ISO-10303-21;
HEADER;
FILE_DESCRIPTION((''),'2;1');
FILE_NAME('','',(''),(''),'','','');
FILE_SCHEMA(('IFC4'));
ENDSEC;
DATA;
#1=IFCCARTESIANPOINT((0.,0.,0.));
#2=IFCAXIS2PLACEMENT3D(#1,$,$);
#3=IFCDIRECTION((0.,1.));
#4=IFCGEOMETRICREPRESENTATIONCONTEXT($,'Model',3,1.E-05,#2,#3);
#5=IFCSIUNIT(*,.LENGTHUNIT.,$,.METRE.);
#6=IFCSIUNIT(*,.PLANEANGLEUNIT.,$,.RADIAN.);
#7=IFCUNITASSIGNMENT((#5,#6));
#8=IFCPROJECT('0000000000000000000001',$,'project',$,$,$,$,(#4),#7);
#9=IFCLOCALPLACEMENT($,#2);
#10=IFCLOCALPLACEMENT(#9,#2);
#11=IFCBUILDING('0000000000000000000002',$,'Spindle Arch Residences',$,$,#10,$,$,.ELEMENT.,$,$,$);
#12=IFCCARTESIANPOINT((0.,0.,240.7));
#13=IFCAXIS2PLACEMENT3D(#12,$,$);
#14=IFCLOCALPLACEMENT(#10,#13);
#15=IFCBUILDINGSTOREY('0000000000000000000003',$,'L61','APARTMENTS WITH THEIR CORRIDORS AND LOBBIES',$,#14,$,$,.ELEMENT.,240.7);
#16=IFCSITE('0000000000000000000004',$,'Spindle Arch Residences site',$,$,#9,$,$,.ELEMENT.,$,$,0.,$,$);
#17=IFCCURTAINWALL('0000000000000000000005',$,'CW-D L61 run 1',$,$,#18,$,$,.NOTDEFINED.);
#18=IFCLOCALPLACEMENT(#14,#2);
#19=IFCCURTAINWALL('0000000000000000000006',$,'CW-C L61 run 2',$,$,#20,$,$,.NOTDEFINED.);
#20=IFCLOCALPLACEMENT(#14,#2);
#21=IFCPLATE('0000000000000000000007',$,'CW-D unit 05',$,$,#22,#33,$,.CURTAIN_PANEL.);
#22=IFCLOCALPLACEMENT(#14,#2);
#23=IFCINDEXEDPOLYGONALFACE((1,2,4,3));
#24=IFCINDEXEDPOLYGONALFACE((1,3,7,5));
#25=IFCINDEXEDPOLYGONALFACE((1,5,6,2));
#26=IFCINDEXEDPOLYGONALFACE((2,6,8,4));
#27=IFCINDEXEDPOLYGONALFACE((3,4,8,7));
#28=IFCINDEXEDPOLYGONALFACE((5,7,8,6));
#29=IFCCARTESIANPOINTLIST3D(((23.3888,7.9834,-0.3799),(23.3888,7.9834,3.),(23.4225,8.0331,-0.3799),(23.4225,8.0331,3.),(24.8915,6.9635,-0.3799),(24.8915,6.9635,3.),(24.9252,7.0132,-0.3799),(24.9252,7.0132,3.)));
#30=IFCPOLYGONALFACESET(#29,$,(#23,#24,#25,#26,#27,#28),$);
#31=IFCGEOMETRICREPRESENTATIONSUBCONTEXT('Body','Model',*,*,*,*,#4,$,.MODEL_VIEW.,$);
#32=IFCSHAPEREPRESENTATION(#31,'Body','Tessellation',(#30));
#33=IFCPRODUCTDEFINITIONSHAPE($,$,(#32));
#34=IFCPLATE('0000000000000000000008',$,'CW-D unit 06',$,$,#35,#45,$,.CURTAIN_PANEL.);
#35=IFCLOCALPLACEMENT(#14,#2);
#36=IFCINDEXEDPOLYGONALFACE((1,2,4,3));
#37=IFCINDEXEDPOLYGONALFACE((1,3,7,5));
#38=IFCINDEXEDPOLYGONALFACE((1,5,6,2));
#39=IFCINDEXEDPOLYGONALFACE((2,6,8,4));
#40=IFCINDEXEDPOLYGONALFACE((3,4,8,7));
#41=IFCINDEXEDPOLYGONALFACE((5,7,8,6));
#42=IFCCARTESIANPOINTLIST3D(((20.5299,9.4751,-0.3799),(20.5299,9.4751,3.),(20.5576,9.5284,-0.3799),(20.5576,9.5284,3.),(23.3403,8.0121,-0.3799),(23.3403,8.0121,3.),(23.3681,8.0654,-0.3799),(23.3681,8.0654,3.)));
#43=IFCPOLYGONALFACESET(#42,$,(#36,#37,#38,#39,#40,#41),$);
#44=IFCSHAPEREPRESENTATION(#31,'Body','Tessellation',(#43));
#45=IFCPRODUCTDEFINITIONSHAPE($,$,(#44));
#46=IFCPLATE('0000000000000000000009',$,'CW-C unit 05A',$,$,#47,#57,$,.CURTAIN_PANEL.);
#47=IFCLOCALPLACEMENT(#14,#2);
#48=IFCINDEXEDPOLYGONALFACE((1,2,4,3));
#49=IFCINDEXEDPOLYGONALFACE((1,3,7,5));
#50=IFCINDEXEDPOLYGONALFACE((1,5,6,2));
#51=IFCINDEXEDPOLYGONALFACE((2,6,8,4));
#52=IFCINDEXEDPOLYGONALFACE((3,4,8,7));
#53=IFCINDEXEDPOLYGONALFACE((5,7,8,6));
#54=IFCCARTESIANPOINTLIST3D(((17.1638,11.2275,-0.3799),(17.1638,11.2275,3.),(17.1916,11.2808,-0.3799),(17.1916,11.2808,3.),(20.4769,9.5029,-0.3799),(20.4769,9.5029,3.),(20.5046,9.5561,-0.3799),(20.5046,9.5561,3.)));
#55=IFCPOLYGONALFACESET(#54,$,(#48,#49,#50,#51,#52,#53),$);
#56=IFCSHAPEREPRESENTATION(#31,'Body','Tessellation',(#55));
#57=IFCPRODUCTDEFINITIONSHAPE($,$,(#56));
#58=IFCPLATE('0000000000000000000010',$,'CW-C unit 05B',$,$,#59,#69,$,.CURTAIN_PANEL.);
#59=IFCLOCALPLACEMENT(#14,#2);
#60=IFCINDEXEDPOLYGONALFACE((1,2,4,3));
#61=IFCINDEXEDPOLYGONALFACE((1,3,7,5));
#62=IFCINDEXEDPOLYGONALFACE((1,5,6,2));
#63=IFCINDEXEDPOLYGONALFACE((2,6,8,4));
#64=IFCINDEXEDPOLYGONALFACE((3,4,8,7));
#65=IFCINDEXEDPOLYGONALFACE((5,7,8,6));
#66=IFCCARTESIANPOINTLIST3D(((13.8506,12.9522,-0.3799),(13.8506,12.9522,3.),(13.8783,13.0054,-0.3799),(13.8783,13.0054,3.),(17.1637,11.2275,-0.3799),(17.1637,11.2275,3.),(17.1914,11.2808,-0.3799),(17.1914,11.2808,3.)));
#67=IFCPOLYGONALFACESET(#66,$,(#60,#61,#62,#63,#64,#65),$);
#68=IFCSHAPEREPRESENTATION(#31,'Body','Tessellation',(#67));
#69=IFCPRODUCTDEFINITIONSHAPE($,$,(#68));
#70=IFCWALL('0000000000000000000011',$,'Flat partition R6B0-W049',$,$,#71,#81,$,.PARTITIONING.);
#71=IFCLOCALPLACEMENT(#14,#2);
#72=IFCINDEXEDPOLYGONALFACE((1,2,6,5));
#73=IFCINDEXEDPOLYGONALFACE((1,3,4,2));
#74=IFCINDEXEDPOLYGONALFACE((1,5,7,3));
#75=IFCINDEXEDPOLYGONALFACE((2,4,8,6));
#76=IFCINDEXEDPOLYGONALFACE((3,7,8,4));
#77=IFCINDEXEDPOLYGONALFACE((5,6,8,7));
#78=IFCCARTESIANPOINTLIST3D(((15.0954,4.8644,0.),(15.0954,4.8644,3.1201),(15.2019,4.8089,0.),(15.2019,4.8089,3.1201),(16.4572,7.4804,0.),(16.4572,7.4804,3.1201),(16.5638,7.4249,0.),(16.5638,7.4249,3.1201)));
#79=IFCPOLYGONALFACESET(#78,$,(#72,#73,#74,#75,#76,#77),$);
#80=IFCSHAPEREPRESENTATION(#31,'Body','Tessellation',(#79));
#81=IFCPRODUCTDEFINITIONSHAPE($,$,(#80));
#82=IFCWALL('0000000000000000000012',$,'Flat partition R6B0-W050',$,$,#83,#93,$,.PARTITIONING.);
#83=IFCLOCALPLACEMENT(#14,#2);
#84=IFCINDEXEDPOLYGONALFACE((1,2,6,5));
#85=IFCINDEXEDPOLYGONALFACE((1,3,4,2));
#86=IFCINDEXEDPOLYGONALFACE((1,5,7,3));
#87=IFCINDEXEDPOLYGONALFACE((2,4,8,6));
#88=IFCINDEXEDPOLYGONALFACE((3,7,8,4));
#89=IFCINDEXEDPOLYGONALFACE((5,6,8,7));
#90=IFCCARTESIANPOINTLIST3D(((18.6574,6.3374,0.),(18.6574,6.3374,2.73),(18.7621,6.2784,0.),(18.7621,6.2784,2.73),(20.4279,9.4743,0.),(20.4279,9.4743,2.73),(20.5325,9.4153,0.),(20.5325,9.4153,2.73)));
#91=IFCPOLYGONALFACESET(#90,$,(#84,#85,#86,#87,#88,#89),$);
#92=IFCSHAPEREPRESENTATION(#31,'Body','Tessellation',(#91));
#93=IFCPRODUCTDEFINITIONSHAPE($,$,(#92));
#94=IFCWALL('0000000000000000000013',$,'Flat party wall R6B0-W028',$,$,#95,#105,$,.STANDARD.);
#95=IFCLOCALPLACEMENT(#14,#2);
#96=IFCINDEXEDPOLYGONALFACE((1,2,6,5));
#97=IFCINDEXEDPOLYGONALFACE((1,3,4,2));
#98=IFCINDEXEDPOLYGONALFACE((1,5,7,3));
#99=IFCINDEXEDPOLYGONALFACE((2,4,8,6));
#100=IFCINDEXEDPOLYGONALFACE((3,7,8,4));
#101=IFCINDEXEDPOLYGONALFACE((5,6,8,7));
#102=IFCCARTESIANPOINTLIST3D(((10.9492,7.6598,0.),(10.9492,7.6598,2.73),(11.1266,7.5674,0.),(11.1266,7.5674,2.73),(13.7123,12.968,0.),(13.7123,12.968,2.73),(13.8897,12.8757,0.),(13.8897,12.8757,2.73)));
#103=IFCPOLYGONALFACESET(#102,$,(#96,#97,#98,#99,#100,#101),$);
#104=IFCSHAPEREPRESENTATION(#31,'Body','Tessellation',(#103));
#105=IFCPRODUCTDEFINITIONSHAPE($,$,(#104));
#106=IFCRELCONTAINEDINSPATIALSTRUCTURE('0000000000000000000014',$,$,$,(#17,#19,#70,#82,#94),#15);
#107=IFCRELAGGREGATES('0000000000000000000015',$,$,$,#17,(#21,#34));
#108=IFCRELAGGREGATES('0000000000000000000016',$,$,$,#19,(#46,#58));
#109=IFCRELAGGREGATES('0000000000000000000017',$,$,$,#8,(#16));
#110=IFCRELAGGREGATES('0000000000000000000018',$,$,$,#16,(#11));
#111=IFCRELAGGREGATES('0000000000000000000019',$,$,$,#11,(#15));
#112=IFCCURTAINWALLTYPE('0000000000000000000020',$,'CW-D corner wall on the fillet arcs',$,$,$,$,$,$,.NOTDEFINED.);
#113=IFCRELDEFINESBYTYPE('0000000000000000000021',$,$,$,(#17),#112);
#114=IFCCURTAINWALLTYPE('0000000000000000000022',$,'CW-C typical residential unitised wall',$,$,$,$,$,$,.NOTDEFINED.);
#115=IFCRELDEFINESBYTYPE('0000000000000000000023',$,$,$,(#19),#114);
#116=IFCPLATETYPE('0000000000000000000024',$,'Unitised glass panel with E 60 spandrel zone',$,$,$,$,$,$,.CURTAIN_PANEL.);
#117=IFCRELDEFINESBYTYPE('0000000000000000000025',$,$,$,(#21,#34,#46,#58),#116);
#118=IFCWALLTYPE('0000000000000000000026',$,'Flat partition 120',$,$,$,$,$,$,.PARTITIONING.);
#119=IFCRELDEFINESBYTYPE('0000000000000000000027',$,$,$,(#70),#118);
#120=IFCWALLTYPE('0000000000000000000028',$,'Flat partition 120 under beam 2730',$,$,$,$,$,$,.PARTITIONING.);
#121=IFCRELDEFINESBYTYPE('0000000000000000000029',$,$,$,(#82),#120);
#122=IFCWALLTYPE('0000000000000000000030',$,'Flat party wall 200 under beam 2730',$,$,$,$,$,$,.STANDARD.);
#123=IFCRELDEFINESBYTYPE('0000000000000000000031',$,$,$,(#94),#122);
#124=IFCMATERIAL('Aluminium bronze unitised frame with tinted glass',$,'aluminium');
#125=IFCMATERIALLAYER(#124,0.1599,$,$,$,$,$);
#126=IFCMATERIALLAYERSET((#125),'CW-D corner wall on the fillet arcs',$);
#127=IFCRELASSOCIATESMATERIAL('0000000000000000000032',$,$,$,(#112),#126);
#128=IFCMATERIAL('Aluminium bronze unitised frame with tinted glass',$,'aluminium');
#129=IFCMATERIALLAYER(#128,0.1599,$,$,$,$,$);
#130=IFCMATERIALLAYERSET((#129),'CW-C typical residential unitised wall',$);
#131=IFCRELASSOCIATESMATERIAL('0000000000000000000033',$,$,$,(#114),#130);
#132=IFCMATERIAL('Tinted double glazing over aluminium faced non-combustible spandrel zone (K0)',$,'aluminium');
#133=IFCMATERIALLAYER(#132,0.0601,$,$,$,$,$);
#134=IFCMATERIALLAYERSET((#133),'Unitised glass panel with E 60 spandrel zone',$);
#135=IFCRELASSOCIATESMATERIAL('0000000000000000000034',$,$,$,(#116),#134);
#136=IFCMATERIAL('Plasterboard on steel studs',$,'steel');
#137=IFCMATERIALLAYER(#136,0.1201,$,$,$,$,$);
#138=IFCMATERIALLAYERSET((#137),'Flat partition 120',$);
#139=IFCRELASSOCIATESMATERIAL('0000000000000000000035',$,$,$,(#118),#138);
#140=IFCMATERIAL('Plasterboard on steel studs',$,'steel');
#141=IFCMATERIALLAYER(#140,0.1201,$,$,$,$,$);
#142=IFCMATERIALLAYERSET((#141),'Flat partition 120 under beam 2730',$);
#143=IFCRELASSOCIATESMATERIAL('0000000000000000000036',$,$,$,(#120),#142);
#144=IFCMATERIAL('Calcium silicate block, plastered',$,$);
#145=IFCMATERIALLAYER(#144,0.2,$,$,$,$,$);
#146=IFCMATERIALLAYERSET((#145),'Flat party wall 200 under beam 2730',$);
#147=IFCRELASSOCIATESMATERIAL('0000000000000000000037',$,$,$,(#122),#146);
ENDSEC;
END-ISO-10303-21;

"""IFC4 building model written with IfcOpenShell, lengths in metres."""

from ifc_helpers import new_model, si_unit, direction, frame, frame_2d, origin, origin_2d, place, context, subcontext, project, spatial, rectangle, extrude, material, layer, layer_set, type_object, element, aggregate, save


model = new_model("IFC4")

# Units and contexts
model_context = context("Model", 3, precision=1e-05, world=origin(), true_north=direction((0.0, 1.0)))
body_context = subcontext(model_context, "Body", "Model", "MODEL_VIEW")
ifc_project = project(units=[si_unit("LENGTHUNIT", "METRE"), si_unit("PLANEANGLEUNIT", "RADIAN")], contexts=[model_context])

# Site, building, storey
site_placement = place(None, origin())
site = spatial("IfcSite", under=ifc_project, at=site_placement, Name="Spindle Arch Residences site", CompositionType="ELEMENT", RefElevation=0.0)
building_placement = place(site_placement, origin())
building = spatial("IfcBuilding", under=site, at=building_placement, Name="Spindle Arch Residences", CompositionType="ELEMENT")
storey_placement = place(building_placement, frame((0.0, 0.0, 240.7)))
storey = spatial("IfcBuildingStorey", under=building, at=storey_placement, Name="L61", Description="APARTMENTS WITH THEIR CORRIDORS AND LOBBIES", CompositionType="ELEMENT", Elevation=240.7)

# Curtain walls
ifc_material_1 = material(Name="Aluminium bronze unitised frame with tinted glass", Category="aluminium")
ifc_layer_1 = layer(ifc_material_1, 0.1599)
ifc_layer_set_1 = layer_set([ifc_layer_1], Name="CW-D corner wall on the fillet arcs")
curtain_wall_type_1 = type_object("IfcCurtainWallType", Name="CW-D corner wall on the fillet arcs", PredefinedType="NOTDEFINED", material=ifc_layer_set_1)
curtain_wall_1_placement = place(storey_placement, origin())
curtain_wall_1 = element("IfcCurtainWall", 1, at=curtain_wall_1_placement, inside=storey, type_object=curtain_wall_type_1, Name="CW-D L61 run 1", PredefinedType="NOTDEFINED")
ifc_material_2 = material(Name="Aluminium bronze unitised frame with tinted glass", Category="aluminium")
ifc_layer_2 = layer(ifc_material_2, 0.1599)
ifc_layer_set_2 = layer_set([ifc_layer_2], Name="CW-C typical residential unitised wall")
curtain_wall_type_2 = type_object("IfcCurtainWallType", Name="CW-C typical residential unitised wall", PredefinedType="NOTDEFINED", material=ifc_layer_set_2)
curtain_wall_2_placement = place(storey_placement, origin())
curtain_wall_2 = element("IfcCurtainWall", 2, at=curtain_wall_2_placement, inside=storey, type_object=curtain_wall_type_2, Name="CW-C L61 run 2", PredefinedType="NOTDEFINED")

# Plates
ifc_material_3 = material(Name="Tinted double glazing over aluminium faced non-combustible spandrel zone (K0)", Category="aluminium")
ifc_layer_3 = layer(ifc_material_3, 0.0601)
ifc_layer_set_3 = layer_set([ifc_layer_3], Name="Unitised glass panel with E 60 spandrel zone")
plate_type = type_object("IfcPlateType", Name="Unitised glass panel with E 60 spandrel zone", PredefinedType="CURTAIN_PANEL", material=ifc_layer_set_3)
plate_1_placement = place(storey_placement, frame((24.157, 7.4983, -0.3799), z_axis=(0.0, 0.0, 1.0), x_axis=(-0.827407, 0.561602, 0.0)))
plate_1 = element("IfcPlate", 3, at=plate_1_placement, type_object=plate_type, Name="CW-D unit 05", PredefinedType="CURTAIN_PANEL", context=body_context, shape_type="SweptSolid", body=[
    extrude(rectangle(XDim=1.8162, YDim=0.0601, at=origin_2d()), origin(), (0.0, 0.0, 1.0), 3.3799),
])
plate_2_placement = place(storey_placement, frame((21.949, 8.7703, -0.3799), z_axis=(0.0, 0.0, 1.0), x_axis=(-0.887011, 0.461749, 0.0)))
plate_2 = element("IfcPlate", 4, at=plate_2_placement, type_object=plate_type, Name="CW-D unit 06", PredefinedType="CURTAIN_PANEL", context=body_context, shape_type="SweptSolid", body=[
    extrude(rectangle(XDim=3.1685, YDim=0.0601, at=origin_2d()), origin(), (0.0, 0.0, 1.0), 3.3799),
])
aggregate(curtain_wall_1, [plate_1, plate_2])
plate_3_placement = place(storey_placement, frame((18.8342, 10.3918, -0.3799), z_axis=(0.0, 0.0, 1.0), x_axis=(-0.887011, 0.461749, 0.0)))
plate_3 = element("IfcPlate", 5, at=plate_3_placement, type_object=plate_type, Name="CW-C unit 05A", PredefinedType="CURTAIN_PANEL", context=body_context, shape_type="SweptSolid", body=[
    extrude(rectangle(XDim=3.7351, YDim=0.0601, at=origin_2d()), origin(), (0.0, 0.0, 1.0), 3.3799),
])
plate_4_placement = place(storey_placement, frame((15.521, 12.1165, -0.3799), z_axis=(0.0, 0.0, 1.0), x_axis=(-0.887011, 0.461749, 0.0)))
plate_4 = element("IfcPlate", 6, at=plate_4_placement, type_object=plate_type, Name="CW-C unit 05B", PredefinedType="CURTAIN_PANEL", context=body_context, shape_type="SweptSolid", body=[
    extrude(rectangle(XDim=3.7351, YDim=0.0601, at=origin_2d()), origin(), (0.0, 0.0, 1.0), 3.3799),
])
aggregate(curtain_wall_2, [plate_3, plate_4])

# Walls
ifc_material_4 = material(Name="Plasterboard on steel studs", Category="steel")
ifc_layer_4 = layer(ifc_material_4, 0.1201)
ifc_layer_set_4 = layer_set([ifc_layer_4], Name="Flat partition 120")
wall_type_1 = type_object("IfcWallType", Name="Flat partition 120", PredefinedType="PARTITIONING", material=ifc_layer_set_4)
wall_1_placement = place(storey_placement, frame((16.5105, 7.4526, 0.0), z_axis=(0.0, 0.0, 1.0), x_axis=(-0.461757, -0.887007, 0.0)))
element("IfcWall", 7, at=wall_1_placement, inside=storey, type_object=wall_type_1, Name="Flat partition R6B0-W049", PredefinedType="PARTITIONING", context=body_context, shape_type="SweptSolid", body=[
    extrude(rectangle(XDim=2.9492, YDim=0.1201, at=frame_2d((1.4746, 0.0))), origin(), (0.0, 0.0, 1.0), 3.1201),
])
ifc_material_5 = material(Name="Plasterboard on steel studs", Category="steel")
ifc_layer_5 = layer(ifc_material_5, 0.1201)
ifc_layer_set_5 = layer_set([ifc_layer_5], Name="Flat partition 120 under beam 2730")
wall_type_2 = type_object("IfcWallType", Name="Flat partition 120 under beam 2730", PredefinedType="PARTITIONING", material=ifc_layer_set_5)
wall_2_placement = place(storey_placement, frame((20.4802, 9.4448, 0.0), z_axis=(0.0, 0.0, 1.0), x_axis=(-0.491519, -0.870867, 0.0)))
element("IfcWall", 8, at=wall_2_placement, inside=storey, type_object=wall_type_2, Name="Flat partition R6B0-W050", PredefinedType="PARTITIONING", context=body_context, shape_type="SweptSolid", body=[
    extrude(rectangle(XDim=3.6021, YDim=0.1201, at=frame_2d((1.801, 0.0))), origin(), (0.0, 0.0, 1.0), 2.73),
])
ifc_material_6 = material(Name="Calcium silicate block, plastered")
ifc_layer_6 = layer(ifc_material_6, 0.2)
ifc_layer_set_6 = layer_set([ifc_layer_6], Name="Flat party wall 200 under beam 2730")
wall_type_3 = type_object("IfcWallType", Name="Flat party wall 200 under beam 2730", PredefinedType="STANDARD", material=ifc_layer_set_6)
wall_3_placement = place(storey_placement, frame((13.801, 12.9219, 0.0), z_axis=(0.0, 0.0, 1.0), x_axis=(-0.461726, -0.887022, 0.0)))
element("IfcWall", 9, at=wall_3_placement, inside=storey, type_object=wall_type_3, Name="Flat party wall R6B0-W028", PredefinedType="STANDARD", context=body_context, shape_type="SweptSolid", body=[
    extrude(rectangle(XDim=5.9844, YDim=0.2, at=frame_2d((2.9922, 0.0))), origin(), (0.0, 0.0, 1.0), 2.73),
])

save(model, "model.ifc")
